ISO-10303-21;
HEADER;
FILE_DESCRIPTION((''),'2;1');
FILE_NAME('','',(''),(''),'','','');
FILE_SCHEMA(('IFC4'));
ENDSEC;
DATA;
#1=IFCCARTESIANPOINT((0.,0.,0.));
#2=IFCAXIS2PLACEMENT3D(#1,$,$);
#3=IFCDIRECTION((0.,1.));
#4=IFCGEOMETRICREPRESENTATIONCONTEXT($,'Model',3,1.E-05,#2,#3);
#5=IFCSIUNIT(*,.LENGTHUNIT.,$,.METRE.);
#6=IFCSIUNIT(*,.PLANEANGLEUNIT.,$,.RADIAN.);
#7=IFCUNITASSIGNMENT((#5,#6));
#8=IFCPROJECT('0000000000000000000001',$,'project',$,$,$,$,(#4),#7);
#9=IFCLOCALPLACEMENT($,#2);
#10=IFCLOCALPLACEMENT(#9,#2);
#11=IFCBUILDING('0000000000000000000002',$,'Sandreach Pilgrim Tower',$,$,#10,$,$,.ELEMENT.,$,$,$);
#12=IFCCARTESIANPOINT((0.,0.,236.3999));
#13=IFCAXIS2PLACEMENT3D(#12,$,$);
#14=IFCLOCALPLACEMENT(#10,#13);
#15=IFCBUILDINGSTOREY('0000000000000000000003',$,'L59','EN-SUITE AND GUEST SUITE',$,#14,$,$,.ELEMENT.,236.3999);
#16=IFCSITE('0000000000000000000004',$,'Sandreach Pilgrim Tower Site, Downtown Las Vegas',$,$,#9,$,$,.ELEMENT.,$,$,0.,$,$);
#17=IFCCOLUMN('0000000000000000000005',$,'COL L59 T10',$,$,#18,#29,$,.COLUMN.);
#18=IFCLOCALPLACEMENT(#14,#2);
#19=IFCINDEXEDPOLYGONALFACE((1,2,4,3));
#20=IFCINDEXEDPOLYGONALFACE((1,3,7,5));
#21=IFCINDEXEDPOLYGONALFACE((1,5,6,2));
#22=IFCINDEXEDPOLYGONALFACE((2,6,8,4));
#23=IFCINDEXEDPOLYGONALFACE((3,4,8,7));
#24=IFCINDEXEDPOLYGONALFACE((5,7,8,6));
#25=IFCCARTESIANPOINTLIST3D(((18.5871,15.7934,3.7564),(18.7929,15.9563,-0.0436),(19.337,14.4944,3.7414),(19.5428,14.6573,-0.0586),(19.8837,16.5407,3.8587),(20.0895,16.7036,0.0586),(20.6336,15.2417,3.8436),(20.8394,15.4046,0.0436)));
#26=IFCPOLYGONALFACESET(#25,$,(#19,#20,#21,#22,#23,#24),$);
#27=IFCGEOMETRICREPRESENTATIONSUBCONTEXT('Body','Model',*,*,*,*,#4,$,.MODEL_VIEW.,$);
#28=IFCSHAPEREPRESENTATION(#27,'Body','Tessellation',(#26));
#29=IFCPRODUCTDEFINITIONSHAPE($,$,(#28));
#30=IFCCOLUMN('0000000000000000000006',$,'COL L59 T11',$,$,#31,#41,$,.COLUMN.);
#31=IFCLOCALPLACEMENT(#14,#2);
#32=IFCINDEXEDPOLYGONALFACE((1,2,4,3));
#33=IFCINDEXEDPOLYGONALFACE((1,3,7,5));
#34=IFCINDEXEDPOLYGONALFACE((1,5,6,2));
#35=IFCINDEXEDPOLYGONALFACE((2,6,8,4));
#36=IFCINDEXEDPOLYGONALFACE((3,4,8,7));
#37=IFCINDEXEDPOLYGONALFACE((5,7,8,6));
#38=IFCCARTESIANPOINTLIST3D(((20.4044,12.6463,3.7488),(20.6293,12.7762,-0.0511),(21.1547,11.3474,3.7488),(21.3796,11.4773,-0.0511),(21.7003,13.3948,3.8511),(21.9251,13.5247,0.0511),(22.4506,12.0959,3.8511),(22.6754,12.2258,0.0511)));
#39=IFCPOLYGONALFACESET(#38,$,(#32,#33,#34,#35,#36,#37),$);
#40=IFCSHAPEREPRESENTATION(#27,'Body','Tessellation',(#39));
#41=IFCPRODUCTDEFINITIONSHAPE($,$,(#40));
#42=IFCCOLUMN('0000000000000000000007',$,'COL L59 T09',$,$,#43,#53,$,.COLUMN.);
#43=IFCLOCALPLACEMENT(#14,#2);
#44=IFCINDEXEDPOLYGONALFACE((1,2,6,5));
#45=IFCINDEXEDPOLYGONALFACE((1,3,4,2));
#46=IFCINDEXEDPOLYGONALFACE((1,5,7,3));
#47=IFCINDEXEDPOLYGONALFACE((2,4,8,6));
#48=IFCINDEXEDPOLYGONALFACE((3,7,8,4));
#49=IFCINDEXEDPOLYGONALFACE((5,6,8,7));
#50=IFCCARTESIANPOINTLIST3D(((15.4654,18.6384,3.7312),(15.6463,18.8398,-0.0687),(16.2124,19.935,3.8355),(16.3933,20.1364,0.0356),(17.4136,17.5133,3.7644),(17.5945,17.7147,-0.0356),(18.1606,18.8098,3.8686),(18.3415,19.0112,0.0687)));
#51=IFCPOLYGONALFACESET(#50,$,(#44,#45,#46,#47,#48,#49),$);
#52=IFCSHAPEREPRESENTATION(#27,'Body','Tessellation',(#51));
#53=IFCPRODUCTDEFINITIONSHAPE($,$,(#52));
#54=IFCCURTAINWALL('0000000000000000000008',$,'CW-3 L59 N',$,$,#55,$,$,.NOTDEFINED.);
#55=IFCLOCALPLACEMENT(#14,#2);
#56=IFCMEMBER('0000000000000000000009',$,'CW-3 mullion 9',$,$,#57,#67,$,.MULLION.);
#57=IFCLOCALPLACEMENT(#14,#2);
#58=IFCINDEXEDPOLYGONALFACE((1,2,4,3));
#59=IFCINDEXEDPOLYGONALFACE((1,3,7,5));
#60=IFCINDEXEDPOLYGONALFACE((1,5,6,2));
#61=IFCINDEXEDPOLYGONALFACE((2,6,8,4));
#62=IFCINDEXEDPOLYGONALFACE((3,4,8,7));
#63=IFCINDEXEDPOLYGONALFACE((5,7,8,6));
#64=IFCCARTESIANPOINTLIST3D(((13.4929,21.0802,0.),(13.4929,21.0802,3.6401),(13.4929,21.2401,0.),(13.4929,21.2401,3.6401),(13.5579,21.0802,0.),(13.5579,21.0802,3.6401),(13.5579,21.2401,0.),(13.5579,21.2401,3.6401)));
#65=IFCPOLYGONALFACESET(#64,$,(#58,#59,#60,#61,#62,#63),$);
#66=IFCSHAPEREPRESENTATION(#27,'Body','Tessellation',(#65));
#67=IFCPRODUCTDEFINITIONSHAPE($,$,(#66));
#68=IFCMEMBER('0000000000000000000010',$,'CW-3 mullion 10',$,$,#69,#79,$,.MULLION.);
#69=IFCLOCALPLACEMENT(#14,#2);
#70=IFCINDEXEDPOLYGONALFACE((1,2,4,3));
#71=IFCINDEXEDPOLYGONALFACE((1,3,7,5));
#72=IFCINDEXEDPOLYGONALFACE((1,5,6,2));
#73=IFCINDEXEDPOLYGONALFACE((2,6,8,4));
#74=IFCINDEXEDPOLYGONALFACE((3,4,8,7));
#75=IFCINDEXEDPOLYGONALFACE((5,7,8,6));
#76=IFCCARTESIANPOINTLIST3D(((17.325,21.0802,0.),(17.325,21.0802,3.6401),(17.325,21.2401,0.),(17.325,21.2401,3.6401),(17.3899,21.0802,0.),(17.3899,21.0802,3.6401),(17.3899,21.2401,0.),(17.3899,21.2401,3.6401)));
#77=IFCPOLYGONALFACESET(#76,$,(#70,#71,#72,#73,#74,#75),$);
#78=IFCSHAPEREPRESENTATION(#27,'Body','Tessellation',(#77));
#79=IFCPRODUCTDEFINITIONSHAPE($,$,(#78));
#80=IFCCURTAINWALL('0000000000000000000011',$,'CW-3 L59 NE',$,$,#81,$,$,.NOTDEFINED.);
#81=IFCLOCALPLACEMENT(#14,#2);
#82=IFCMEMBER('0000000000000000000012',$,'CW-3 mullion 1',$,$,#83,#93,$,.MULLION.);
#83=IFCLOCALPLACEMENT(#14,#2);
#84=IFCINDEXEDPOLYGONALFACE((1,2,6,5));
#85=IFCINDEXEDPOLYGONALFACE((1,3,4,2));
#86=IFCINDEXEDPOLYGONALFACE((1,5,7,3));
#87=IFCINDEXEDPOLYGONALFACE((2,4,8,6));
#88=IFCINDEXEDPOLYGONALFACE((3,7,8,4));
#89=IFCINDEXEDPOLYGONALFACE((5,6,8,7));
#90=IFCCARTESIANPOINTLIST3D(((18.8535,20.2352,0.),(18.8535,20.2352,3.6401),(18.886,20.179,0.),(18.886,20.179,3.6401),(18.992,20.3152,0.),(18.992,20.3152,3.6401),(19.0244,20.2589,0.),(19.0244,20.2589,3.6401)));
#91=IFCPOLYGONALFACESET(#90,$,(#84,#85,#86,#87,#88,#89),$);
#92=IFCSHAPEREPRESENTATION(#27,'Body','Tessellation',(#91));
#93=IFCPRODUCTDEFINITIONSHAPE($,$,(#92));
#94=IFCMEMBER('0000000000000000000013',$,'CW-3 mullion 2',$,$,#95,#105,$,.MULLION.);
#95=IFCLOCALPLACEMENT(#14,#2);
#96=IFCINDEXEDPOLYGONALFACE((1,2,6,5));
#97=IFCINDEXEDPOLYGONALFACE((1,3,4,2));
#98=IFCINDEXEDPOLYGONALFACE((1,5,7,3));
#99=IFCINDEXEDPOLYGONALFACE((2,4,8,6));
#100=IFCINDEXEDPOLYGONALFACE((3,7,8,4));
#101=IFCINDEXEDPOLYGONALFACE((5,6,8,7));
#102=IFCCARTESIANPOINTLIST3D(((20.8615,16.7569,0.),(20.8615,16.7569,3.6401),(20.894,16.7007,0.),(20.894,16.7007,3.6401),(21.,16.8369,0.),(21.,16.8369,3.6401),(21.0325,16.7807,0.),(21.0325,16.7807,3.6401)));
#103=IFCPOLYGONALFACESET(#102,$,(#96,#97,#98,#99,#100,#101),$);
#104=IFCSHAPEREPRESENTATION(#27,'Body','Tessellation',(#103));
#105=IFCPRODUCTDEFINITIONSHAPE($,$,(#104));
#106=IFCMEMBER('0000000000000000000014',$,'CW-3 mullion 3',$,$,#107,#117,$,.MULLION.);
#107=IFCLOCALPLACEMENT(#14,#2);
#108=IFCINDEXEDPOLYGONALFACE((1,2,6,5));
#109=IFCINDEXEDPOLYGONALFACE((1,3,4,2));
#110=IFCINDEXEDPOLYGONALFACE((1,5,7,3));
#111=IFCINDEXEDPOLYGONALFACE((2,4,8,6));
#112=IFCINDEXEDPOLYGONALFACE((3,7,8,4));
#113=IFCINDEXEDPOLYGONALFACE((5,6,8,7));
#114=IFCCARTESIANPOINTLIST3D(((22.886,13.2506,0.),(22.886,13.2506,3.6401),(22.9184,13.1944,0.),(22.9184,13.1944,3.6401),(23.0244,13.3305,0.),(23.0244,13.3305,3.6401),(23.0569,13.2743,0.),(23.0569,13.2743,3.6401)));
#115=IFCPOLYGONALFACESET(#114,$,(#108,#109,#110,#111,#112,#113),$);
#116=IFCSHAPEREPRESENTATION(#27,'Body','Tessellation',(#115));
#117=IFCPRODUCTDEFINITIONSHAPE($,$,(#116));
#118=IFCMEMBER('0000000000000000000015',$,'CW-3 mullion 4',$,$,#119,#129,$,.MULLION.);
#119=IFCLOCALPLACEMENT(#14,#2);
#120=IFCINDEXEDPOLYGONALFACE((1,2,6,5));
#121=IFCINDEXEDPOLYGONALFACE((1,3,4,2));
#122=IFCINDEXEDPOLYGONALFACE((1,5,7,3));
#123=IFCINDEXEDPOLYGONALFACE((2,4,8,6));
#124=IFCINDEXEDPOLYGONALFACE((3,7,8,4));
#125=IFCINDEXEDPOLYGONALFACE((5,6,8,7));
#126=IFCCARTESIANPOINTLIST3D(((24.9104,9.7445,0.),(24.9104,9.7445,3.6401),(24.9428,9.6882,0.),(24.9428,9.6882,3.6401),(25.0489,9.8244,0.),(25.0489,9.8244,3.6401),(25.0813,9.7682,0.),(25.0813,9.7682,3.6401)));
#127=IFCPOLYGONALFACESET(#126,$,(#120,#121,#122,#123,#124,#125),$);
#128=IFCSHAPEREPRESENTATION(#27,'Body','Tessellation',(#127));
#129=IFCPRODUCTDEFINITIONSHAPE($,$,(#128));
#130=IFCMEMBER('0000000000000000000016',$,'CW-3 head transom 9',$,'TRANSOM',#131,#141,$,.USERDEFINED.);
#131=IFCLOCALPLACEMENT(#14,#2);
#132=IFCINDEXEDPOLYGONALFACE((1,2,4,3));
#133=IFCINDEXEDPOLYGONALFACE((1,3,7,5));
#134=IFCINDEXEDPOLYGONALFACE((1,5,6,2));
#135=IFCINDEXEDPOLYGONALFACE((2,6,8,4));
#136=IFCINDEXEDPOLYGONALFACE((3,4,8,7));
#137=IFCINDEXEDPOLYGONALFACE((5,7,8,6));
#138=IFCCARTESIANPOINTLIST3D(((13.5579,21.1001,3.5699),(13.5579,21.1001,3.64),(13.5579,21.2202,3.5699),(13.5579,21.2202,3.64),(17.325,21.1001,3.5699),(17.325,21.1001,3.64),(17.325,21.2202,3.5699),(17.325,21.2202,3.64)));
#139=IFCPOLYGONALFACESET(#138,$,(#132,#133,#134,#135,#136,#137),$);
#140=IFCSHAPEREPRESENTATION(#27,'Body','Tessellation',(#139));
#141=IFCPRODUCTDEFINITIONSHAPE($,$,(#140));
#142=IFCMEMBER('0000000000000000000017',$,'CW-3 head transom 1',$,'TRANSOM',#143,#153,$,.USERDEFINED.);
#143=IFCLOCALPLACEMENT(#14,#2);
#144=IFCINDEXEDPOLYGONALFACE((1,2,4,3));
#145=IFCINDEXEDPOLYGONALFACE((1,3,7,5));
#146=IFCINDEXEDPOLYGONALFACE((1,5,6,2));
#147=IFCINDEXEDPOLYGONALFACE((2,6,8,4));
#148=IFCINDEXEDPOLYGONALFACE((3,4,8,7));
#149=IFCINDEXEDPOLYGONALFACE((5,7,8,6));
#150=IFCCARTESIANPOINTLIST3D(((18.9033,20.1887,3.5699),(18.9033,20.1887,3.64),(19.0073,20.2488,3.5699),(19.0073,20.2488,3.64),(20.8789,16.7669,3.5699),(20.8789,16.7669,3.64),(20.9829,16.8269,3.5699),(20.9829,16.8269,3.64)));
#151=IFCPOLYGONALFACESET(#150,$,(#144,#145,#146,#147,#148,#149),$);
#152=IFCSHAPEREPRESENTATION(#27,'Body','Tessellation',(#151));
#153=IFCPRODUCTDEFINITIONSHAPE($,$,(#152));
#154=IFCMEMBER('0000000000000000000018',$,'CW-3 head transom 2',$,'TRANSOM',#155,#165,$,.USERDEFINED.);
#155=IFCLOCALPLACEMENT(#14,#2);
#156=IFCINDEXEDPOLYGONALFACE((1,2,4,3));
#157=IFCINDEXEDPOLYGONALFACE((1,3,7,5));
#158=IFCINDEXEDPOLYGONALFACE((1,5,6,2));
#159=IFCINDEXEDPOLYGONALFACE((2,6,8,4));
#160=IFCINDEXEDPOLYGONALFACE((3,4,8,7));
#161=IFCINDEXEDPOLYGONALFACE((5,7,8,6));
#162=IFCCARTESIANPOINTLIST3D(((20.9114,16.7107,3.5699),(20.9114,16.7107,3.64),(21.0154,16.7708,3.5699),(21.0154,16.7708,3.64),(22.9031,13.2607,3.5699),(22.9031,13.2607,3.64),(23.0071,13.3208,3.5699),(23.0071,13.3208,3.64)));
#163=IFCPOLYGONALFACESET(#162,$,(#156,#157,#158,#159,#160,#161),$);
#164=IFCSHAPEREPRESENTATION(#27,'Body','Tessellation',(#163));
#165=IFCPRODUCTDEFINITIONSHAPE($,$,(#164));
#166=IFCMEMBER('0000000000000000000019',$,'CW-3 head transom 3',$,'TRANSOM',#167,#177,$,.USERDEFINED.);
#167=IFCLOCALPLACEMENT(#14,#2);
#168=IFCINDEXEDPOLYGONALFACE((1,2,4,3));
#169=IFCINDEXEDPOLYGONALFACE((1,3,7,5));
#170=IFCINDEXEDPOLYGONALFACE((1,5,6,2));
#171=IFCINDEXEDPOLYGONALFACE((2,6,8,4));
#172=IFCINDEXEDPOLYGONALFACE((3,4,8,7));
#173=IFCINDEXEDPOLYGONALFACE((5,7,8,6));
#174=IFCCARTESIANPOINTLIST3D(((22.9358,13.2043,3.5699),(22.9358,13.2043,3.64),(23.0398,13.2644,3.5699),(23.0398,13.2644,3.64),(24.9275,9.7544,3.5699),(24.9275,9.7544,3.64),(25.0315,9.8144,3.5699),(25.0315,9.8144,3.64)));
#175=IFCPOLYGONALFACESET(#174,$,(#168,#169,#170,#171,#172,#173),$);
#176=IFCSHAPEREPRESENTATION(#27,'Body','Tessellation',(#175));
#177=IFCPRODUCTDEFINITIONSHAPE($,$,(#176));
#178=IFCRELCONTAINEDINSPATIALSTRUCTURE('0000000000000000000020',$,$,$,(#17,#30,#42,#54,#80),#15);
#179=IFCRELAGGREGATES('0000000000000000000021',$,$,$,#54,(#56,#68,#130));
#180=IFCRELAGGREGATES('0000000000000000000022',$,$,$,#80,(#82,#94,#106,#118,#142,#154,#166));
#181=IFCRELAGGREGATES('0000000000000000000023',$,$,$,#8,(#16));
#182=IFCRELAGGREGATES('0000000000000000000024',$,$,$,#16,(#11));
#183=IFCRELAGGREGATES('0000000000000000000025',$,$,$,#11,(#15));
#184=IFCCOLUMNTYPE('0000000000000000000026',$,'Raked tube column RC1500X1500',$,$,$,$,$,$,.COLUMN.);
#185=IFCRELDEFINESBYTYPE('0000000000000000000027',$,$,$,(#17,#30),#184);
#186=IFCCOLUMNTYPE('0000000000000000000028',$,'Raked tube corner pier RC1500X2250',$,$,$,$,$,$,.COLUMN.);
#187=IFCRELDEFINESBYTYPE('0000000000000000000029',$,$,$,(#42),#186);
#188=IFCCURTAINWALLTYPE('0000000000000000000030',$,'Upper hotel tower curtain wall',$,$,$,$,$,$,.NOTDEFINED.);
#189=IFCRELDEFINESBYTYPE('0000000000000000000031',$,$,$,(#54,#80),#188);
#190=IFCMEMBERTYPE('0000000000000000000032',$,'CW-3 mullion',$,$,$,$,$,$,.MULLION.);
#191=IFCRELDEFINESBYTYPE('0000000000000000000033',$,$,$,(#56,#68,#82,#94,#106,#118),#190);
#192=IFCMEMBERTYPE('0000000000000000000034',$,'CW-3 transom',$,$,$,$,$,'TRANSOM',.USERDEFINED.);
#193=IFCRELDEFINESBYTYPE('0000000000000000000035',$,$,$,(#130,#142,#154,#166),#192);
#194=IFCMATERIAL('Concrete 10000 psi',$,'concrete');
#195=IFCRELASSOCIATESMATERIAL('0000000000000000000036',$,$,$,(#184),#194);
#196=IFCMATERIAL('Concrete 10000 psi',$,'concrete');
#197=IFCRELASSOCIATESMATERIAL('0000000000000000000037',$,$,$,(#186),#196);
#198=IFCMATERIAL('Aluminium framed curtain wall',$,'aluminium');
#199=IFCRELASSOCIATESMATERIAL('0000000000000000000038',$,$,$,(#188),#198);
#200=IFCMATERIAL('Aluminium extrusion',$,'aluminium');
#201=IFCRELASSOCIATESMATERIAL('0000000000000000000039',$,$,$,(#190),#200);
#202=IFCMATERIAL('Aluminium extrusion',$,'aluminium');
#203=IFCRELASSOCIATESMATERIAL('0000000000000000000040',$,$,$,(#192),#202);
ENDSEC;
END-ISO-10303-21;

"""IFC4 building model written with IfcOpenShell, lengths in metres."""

from ifc_helpers import new_model, si_unit, direction, frame, origin, origin_2d, place, context, subcontext, project, spatial, rectangle, extrude, material, material_profile, profile_set, type_object, element, aggregate, save


model = new_model("IFC4")

# Units and contexts
model_context = context("Model", 3, precision=1e-05, world=origin(), true_north=direction((0.0, 1.0)))
body_context = subcontext(model_context, "Body", "Model", "MODEL_VIEW")
ifc_project = project(units=[si_unit("LENGTHUNIT", "METRE"), si_unit("PLANEANGLEUNIT", "RADIAN")], contexts=[model_context])

# Site, building, storey
site_placement = place(None, origin())
site = spatial("IfcSite", under=ifc_project, at=site_placement, Name="Sandreach Pilgrim Tower Site, Downtown Las Vegas", CompositionType="ELEMENT", RefElevation=0.0)
building_placement = place(site_placement, origin())
building = spatial("IfcBuilding", under=site, at=building_placement, Name="Sandreach Pilgrim Tower", CompositionType="ELEMENT")
storey_placement = place(building_placement, frame((0.0, 0.0, 236.3999)))
storey = spatial("IfcBuildingStorey", under=building, at=storey_placement, Name="L59", Description="EN-SUITE AND GUEST SUITE", CompositionType="ELEMENT", Elevation=236.3999)

# Columns
ifc_material_1 = material(Name="Concrete 10000 psi", Category="concrete")
ifc_material_profile_1 = material_profile(ifc_material_1, rectangle(XDim=1.5, YDim=1.5, at=origin_2d()), Name="RC1500X1500")
ifc_profile_set_1 = profile_set([ifc_material_profile_1], Name="Concrete 10000 psi")
column_type_1 = type_object("IfcColumnType", Name="Raked tube column RC1500X1500", PredefinedType="COLUMN", material=ifc_profile_set_1)
column_1_placement = place(storey_placement, frame((19.8162, 15.6804, 0.0), z_axis=(-0.054031, -0.042751, 0.997624), x_axis=(0.864378, 0.498202, 0.068164)))
element("IfcColumn", 1, at=column_1_placement, inside=storey, type_object=column_type_1, Name="COL L59 T10", PredefinedType="COLUMN", context=body_context, shape_type="SweptSolid", body=[
    extrude(rectangle(XDim=1.5, YDim=1.5, at=origin_2d()), origin(), (0.0, 0.0, 1.0), 3.8091),
])
column_2_placement = place(storey_placement, frame((21.6523, 12.501, 0.0), z_axis=(-0.059034, -0.0341, 0.997673), x_axis=(0.863905, 0.49902, 0.068174)))
element("IfcColumn", 2, at=column_2_placement, inside=storey, type_object=column_type_1, Name="COL L59 T11", PredefinedType="COLUMN", context=body_context, shape_type="SweptSolid", body=[
    extrude(rectangle(XDim=1.5, YDim=1.5, at=origin_2d()), origin(), (0.0, 0.0, 1.0), 3.8088),
])
ifc_material_2 = material(Name="Concrete 10000 psi", Category="concrete")
ifc_material_profile_2 = material_profile(ifc_material_2, rectangle(XDim=1.5, YDim=2.25, at=origin_2d()), Name="RC1500X2250")
ifc_profile_set_2 = profile_set([ifc_material_profile_2], Name="Concrete 10000 psi")
column_type_2 = type_object("IfcColumnType", Name="Raked tube corner pier RC1500X2250", PredefinedType="COLUMN", material=ifc_profile_set_2)
column_3_placement = place(storey_placement, frame((16.9939, 18.9255, 0.0), z_axis=(-0.047486, -0.05287, 0.997472), x_axis=(0.49802, 0.864374, 0.069524)))
element("IfcColumn", 3, at=column_3_placement, inside=storey, type_object=column_type_2, Name="COL L59 T09", PredefinedType="COLUMN", context=body_context, shape_type="SweptSolid", body=[
    extrude(rectangle(XDim=1.5, YDim=2.25, at=origin_2d()), origin(), (0.0, 0.0, 1.0), 3.8096),
])

# Curtain walls, members
ifc_material_3 = material(Name="Aluminium framed curtain wall", Category="aluminium")
curtain_wall_type = type_object("IfcCurtainWallType", Name="Upper hotel tower curtain wall", PredefinedType="NOTDEFINED", material=ifc_material_3)
curtain_wall_1_placement = place(storey_placement, origin())
curtain_wall_1 = element("IfcCurtainWall", 4, at=curtain_wall_1_placement, inside=storey, type_object=curtain_wall_type, Name="CW-3 L59 N", PredefinedType="NOTDEFINED")
ifc_material_4 = material(Name="Aluminium extrusion", Category="aluminium")
ifc_material_profile_3 = material_profile(ifc_material_4, rectangle(XDim=0.0649, YDim=0.1599, at=origin_2d()), Name="CW-3M 65X160")
ifc_profile_set_3 = profile_set([ifc_material_profile_3], Name="Aluminium extrusion")
member_type_1 = type_object("IfcMemberType", Name="CW-3 mullion", PredefinedType="MULLION", material=ifc_profile_set_3)
member_1_placement = place(storey_placement, frame((13.5254, 21.1602, 0.0), z_axis=(0.0, 0.0, 1.0), x_axis=(1.0, 0.0, 0.0)))
member_1 = element("IfcMember", 5, at=member_1_placement, type_object=member_type_1, Name="CW-3 mullion 9", PredefinedType="MULLION", context=body_context, shape_type="SweptSolid", body=[
    extrude(rectangle(XDim=0.0649, YDim=0.1599, at=origin_2d()), origin(), (0.0, 0.0, 1.0), 3.6401),
])
member_2_placement = place(storey_placement, frame((17.3574, 21.1602, 0.0), z_axis=(0.0, 0.0, 1.0), x_axis=(1.0, 0.0, 0.0)))
member_2 = element("IfcMember", 6, at=member_2_placement, type_object=member_type_1, Name="CW-3 mullion 10", PredefinedType="MULLION", context=body_context, shape_type="SweptSolid", body=[
    extrude(rectangle(XDim=0.0649, YDim=0.1599, at=origin_2d()), origin(), (0.0, 0.0, 1.0), 3.6401),
])
curtain_wall_2_placement = place(storey_placement, origin())
curtain_wall_2 = element("IfcCurtainWall", 7, at=curtain_wall_2_placement, inside=storey, type_object=curtain_wall_type, Name="CW-3 L59 NE", PredefinedType="NOTDEFINED")
member_3_placement = place(storey_placement, frame((18.939, 20.2471, 0.0), z_axis=(0.0, 0.0, 1.0), x_axis=(0.5, -0.866025, 0.0)))
member_3 = element("IfcMember", 8, at=member_3_placement, type_object=member_type_1, Name="CW-3 mullion 1", PredefinedType="MULLION", context=body_context, shape_type="SweptSolid", body=[
    extrude(rectangle(XDim=0.0649, YDim=0.1599, at=origin_2d()), origin(), (0.0, 0.0, 1.0), 3.6401),
])
member_4_placement = place(storey_placement, frame((20.947, 16.7688, 0.0), z_axis=(0.0, 0.0, 1.0), x_axis=(0.5, -0.866025, 0.0)))
member_4 = element("IfcMember", 9, at=member_4_placement, type_object=member_type_1, Name="CW-3 mullion 2", PredefinedType="MULLION", context=body_context, shape_type="SweptSolid", body=[
    extrude(rectangle(XDim=0.0649, YDim=0.1599, at=origin_2d()), origin(), (0.0, 0.0, 1.0), 3.6401),
])
member_5_placement = place(storey_placement, frame((22.9714, 13.2625, 0.0), z_axis=(0.0, 0.0, 1.0), x_axis=(0.5, -0.866025, 0.0)))
member_5 = element("IfcMember", 10, at=member_5_placement, type_object=member_type_1, Name="CW-3 mullion 3", PredefinedType="MULLION", context=body_context, shape_type="SweptSolid", body=[
    extrude(rectangle(XDim=0.0649, YDim=0.1599, at=origin_2d()), origin(), (0.0, 0.0, 1.0), 3.6401),
])
member_6_placement = place(storey_placement, frame((24.9958, 9.7563, 0.0), z_axis=(0.0, 0.0, 1.0), x_axis=(0.5, -0.866025, 0.0)))
member_6 = element("IfcMember", 11, at=member_6_placement, type_object=member_type_1, Name="CW-3 mullion 4", PredefinedType="MULLION", context=body_context, shape_type="SweptSolid", body=[
    extrude(rectangle(XDim=0.0649, YDim=0.1599, at=origin_2d()), origin(), (0.0, 0.0, 1.0), 3.6401),
])

# Members
ifc_material_5 = material(Name="Aluminium extrusion", Category="aluminium")
ifc_material_profile_4 = material_profile(ifc_material_5, rectangle(XDim=0.1201, YDim=0.0701, at=origin_2d()), Name="CW-3T 120X70")
ifc_profile_set_4 = profile_set([ifc_material_profile_4], Name="Aluminium extrusion")
member_type_2 = type_object("IfcMemberType", Name="CW-3 transom", ElementType="TRANSOM", PredefinedType="USERDEFINED", material=ifc_profile_set_4)
member_7_placement = place(storey_placement, frame((13.5579, 21.1602, 3.605), z_axis=(1.0, 0.0, 0.0), x_axis=(0.0, 1.0, 0.0)))
member_7 = element("IfcMember", 12, at=member_7_placement, type_object=member_type_2, Name="CW-3 head transom 9", ObjectType="TRANSOM", PredefinedType="USERDEFINED", context=body_context, shape_type="SweptSolid", body=[
    extrude(rectangle(XDim=0.1201, YDim=0.0701, at=origin_2d()), origin(), (0.0, 0.0, 1.0), 3.7671),
])
member_8_placement = place(storey_placement, frame((18.9553, 20.2188, 3.605), z_axis=(0.499993, -0.866029, 0.0), x_axis=(0.866029, 0.499993, 0.0)))
member_8 = element("IfcMember", 13, at=member_8_placement, type_object=member_type_2, Name="CW-3 head transom 1", ObjectType="TRANSOM", PredefinedType="USERDEFINED", context=body_context, shape_type="SweptSolid", body=[
    extrude(rectangle(XDim=0.1201, YDim=0.0701, at=origin_2d()), origin(), (0.0, 0.0, 1.0), 3.9512),
])
member_9_placement = place(storey_placement, frame((20.9634, 16.7407, 3.605), z_axis=(0.499975, -0.86604, 0.0), x_axis=(0.86604, 0.499975, 0.0)))
member_9 = element("IfcMember", 14, at=member_9_placement, type_object=member_type_2, Name="CW-3 head transom 2", ObjectType="TRANSOM", PredefinedType="USERDEFINED", context=body_context, shape_type="SweptSolid", body=[
    extrude(rectangle(XDim=0.1201, YDim=0.0701, at=origin_2d()), origin(), (0.0, 0.0, 1.0), 3.9836),
])
member_10_placement = place(storey_placement, frame((22.9878, 13.2344, 3.605), z_axis=(0.499975, -0.86604, 0.0), x_axis=(0.86604, 0.499975, 0.0)))
member_10 = element("IfcMember", 15, at=member_10_placement, type_object=member_type_2, Name="CW-3 head transom 3", ObjectType="TRANSOM", PredefinedType="USERDEFINED", context=body_context, shape_type="SweptSolid", body=[
    extrude(rectangle(XDim=0.1201, YDim=0.0701, at=origin_2d()), origin(), (0.0, 0.0, 1.0), 3.9836),
])

aggregate(curtain_wall_1, [member_1, member_2, member_7])
aggregate(curtain_wall_2, [member_3, member_4, member_5, member_6, member_8, member_9, member_10])

save(model, "model.ifc")
